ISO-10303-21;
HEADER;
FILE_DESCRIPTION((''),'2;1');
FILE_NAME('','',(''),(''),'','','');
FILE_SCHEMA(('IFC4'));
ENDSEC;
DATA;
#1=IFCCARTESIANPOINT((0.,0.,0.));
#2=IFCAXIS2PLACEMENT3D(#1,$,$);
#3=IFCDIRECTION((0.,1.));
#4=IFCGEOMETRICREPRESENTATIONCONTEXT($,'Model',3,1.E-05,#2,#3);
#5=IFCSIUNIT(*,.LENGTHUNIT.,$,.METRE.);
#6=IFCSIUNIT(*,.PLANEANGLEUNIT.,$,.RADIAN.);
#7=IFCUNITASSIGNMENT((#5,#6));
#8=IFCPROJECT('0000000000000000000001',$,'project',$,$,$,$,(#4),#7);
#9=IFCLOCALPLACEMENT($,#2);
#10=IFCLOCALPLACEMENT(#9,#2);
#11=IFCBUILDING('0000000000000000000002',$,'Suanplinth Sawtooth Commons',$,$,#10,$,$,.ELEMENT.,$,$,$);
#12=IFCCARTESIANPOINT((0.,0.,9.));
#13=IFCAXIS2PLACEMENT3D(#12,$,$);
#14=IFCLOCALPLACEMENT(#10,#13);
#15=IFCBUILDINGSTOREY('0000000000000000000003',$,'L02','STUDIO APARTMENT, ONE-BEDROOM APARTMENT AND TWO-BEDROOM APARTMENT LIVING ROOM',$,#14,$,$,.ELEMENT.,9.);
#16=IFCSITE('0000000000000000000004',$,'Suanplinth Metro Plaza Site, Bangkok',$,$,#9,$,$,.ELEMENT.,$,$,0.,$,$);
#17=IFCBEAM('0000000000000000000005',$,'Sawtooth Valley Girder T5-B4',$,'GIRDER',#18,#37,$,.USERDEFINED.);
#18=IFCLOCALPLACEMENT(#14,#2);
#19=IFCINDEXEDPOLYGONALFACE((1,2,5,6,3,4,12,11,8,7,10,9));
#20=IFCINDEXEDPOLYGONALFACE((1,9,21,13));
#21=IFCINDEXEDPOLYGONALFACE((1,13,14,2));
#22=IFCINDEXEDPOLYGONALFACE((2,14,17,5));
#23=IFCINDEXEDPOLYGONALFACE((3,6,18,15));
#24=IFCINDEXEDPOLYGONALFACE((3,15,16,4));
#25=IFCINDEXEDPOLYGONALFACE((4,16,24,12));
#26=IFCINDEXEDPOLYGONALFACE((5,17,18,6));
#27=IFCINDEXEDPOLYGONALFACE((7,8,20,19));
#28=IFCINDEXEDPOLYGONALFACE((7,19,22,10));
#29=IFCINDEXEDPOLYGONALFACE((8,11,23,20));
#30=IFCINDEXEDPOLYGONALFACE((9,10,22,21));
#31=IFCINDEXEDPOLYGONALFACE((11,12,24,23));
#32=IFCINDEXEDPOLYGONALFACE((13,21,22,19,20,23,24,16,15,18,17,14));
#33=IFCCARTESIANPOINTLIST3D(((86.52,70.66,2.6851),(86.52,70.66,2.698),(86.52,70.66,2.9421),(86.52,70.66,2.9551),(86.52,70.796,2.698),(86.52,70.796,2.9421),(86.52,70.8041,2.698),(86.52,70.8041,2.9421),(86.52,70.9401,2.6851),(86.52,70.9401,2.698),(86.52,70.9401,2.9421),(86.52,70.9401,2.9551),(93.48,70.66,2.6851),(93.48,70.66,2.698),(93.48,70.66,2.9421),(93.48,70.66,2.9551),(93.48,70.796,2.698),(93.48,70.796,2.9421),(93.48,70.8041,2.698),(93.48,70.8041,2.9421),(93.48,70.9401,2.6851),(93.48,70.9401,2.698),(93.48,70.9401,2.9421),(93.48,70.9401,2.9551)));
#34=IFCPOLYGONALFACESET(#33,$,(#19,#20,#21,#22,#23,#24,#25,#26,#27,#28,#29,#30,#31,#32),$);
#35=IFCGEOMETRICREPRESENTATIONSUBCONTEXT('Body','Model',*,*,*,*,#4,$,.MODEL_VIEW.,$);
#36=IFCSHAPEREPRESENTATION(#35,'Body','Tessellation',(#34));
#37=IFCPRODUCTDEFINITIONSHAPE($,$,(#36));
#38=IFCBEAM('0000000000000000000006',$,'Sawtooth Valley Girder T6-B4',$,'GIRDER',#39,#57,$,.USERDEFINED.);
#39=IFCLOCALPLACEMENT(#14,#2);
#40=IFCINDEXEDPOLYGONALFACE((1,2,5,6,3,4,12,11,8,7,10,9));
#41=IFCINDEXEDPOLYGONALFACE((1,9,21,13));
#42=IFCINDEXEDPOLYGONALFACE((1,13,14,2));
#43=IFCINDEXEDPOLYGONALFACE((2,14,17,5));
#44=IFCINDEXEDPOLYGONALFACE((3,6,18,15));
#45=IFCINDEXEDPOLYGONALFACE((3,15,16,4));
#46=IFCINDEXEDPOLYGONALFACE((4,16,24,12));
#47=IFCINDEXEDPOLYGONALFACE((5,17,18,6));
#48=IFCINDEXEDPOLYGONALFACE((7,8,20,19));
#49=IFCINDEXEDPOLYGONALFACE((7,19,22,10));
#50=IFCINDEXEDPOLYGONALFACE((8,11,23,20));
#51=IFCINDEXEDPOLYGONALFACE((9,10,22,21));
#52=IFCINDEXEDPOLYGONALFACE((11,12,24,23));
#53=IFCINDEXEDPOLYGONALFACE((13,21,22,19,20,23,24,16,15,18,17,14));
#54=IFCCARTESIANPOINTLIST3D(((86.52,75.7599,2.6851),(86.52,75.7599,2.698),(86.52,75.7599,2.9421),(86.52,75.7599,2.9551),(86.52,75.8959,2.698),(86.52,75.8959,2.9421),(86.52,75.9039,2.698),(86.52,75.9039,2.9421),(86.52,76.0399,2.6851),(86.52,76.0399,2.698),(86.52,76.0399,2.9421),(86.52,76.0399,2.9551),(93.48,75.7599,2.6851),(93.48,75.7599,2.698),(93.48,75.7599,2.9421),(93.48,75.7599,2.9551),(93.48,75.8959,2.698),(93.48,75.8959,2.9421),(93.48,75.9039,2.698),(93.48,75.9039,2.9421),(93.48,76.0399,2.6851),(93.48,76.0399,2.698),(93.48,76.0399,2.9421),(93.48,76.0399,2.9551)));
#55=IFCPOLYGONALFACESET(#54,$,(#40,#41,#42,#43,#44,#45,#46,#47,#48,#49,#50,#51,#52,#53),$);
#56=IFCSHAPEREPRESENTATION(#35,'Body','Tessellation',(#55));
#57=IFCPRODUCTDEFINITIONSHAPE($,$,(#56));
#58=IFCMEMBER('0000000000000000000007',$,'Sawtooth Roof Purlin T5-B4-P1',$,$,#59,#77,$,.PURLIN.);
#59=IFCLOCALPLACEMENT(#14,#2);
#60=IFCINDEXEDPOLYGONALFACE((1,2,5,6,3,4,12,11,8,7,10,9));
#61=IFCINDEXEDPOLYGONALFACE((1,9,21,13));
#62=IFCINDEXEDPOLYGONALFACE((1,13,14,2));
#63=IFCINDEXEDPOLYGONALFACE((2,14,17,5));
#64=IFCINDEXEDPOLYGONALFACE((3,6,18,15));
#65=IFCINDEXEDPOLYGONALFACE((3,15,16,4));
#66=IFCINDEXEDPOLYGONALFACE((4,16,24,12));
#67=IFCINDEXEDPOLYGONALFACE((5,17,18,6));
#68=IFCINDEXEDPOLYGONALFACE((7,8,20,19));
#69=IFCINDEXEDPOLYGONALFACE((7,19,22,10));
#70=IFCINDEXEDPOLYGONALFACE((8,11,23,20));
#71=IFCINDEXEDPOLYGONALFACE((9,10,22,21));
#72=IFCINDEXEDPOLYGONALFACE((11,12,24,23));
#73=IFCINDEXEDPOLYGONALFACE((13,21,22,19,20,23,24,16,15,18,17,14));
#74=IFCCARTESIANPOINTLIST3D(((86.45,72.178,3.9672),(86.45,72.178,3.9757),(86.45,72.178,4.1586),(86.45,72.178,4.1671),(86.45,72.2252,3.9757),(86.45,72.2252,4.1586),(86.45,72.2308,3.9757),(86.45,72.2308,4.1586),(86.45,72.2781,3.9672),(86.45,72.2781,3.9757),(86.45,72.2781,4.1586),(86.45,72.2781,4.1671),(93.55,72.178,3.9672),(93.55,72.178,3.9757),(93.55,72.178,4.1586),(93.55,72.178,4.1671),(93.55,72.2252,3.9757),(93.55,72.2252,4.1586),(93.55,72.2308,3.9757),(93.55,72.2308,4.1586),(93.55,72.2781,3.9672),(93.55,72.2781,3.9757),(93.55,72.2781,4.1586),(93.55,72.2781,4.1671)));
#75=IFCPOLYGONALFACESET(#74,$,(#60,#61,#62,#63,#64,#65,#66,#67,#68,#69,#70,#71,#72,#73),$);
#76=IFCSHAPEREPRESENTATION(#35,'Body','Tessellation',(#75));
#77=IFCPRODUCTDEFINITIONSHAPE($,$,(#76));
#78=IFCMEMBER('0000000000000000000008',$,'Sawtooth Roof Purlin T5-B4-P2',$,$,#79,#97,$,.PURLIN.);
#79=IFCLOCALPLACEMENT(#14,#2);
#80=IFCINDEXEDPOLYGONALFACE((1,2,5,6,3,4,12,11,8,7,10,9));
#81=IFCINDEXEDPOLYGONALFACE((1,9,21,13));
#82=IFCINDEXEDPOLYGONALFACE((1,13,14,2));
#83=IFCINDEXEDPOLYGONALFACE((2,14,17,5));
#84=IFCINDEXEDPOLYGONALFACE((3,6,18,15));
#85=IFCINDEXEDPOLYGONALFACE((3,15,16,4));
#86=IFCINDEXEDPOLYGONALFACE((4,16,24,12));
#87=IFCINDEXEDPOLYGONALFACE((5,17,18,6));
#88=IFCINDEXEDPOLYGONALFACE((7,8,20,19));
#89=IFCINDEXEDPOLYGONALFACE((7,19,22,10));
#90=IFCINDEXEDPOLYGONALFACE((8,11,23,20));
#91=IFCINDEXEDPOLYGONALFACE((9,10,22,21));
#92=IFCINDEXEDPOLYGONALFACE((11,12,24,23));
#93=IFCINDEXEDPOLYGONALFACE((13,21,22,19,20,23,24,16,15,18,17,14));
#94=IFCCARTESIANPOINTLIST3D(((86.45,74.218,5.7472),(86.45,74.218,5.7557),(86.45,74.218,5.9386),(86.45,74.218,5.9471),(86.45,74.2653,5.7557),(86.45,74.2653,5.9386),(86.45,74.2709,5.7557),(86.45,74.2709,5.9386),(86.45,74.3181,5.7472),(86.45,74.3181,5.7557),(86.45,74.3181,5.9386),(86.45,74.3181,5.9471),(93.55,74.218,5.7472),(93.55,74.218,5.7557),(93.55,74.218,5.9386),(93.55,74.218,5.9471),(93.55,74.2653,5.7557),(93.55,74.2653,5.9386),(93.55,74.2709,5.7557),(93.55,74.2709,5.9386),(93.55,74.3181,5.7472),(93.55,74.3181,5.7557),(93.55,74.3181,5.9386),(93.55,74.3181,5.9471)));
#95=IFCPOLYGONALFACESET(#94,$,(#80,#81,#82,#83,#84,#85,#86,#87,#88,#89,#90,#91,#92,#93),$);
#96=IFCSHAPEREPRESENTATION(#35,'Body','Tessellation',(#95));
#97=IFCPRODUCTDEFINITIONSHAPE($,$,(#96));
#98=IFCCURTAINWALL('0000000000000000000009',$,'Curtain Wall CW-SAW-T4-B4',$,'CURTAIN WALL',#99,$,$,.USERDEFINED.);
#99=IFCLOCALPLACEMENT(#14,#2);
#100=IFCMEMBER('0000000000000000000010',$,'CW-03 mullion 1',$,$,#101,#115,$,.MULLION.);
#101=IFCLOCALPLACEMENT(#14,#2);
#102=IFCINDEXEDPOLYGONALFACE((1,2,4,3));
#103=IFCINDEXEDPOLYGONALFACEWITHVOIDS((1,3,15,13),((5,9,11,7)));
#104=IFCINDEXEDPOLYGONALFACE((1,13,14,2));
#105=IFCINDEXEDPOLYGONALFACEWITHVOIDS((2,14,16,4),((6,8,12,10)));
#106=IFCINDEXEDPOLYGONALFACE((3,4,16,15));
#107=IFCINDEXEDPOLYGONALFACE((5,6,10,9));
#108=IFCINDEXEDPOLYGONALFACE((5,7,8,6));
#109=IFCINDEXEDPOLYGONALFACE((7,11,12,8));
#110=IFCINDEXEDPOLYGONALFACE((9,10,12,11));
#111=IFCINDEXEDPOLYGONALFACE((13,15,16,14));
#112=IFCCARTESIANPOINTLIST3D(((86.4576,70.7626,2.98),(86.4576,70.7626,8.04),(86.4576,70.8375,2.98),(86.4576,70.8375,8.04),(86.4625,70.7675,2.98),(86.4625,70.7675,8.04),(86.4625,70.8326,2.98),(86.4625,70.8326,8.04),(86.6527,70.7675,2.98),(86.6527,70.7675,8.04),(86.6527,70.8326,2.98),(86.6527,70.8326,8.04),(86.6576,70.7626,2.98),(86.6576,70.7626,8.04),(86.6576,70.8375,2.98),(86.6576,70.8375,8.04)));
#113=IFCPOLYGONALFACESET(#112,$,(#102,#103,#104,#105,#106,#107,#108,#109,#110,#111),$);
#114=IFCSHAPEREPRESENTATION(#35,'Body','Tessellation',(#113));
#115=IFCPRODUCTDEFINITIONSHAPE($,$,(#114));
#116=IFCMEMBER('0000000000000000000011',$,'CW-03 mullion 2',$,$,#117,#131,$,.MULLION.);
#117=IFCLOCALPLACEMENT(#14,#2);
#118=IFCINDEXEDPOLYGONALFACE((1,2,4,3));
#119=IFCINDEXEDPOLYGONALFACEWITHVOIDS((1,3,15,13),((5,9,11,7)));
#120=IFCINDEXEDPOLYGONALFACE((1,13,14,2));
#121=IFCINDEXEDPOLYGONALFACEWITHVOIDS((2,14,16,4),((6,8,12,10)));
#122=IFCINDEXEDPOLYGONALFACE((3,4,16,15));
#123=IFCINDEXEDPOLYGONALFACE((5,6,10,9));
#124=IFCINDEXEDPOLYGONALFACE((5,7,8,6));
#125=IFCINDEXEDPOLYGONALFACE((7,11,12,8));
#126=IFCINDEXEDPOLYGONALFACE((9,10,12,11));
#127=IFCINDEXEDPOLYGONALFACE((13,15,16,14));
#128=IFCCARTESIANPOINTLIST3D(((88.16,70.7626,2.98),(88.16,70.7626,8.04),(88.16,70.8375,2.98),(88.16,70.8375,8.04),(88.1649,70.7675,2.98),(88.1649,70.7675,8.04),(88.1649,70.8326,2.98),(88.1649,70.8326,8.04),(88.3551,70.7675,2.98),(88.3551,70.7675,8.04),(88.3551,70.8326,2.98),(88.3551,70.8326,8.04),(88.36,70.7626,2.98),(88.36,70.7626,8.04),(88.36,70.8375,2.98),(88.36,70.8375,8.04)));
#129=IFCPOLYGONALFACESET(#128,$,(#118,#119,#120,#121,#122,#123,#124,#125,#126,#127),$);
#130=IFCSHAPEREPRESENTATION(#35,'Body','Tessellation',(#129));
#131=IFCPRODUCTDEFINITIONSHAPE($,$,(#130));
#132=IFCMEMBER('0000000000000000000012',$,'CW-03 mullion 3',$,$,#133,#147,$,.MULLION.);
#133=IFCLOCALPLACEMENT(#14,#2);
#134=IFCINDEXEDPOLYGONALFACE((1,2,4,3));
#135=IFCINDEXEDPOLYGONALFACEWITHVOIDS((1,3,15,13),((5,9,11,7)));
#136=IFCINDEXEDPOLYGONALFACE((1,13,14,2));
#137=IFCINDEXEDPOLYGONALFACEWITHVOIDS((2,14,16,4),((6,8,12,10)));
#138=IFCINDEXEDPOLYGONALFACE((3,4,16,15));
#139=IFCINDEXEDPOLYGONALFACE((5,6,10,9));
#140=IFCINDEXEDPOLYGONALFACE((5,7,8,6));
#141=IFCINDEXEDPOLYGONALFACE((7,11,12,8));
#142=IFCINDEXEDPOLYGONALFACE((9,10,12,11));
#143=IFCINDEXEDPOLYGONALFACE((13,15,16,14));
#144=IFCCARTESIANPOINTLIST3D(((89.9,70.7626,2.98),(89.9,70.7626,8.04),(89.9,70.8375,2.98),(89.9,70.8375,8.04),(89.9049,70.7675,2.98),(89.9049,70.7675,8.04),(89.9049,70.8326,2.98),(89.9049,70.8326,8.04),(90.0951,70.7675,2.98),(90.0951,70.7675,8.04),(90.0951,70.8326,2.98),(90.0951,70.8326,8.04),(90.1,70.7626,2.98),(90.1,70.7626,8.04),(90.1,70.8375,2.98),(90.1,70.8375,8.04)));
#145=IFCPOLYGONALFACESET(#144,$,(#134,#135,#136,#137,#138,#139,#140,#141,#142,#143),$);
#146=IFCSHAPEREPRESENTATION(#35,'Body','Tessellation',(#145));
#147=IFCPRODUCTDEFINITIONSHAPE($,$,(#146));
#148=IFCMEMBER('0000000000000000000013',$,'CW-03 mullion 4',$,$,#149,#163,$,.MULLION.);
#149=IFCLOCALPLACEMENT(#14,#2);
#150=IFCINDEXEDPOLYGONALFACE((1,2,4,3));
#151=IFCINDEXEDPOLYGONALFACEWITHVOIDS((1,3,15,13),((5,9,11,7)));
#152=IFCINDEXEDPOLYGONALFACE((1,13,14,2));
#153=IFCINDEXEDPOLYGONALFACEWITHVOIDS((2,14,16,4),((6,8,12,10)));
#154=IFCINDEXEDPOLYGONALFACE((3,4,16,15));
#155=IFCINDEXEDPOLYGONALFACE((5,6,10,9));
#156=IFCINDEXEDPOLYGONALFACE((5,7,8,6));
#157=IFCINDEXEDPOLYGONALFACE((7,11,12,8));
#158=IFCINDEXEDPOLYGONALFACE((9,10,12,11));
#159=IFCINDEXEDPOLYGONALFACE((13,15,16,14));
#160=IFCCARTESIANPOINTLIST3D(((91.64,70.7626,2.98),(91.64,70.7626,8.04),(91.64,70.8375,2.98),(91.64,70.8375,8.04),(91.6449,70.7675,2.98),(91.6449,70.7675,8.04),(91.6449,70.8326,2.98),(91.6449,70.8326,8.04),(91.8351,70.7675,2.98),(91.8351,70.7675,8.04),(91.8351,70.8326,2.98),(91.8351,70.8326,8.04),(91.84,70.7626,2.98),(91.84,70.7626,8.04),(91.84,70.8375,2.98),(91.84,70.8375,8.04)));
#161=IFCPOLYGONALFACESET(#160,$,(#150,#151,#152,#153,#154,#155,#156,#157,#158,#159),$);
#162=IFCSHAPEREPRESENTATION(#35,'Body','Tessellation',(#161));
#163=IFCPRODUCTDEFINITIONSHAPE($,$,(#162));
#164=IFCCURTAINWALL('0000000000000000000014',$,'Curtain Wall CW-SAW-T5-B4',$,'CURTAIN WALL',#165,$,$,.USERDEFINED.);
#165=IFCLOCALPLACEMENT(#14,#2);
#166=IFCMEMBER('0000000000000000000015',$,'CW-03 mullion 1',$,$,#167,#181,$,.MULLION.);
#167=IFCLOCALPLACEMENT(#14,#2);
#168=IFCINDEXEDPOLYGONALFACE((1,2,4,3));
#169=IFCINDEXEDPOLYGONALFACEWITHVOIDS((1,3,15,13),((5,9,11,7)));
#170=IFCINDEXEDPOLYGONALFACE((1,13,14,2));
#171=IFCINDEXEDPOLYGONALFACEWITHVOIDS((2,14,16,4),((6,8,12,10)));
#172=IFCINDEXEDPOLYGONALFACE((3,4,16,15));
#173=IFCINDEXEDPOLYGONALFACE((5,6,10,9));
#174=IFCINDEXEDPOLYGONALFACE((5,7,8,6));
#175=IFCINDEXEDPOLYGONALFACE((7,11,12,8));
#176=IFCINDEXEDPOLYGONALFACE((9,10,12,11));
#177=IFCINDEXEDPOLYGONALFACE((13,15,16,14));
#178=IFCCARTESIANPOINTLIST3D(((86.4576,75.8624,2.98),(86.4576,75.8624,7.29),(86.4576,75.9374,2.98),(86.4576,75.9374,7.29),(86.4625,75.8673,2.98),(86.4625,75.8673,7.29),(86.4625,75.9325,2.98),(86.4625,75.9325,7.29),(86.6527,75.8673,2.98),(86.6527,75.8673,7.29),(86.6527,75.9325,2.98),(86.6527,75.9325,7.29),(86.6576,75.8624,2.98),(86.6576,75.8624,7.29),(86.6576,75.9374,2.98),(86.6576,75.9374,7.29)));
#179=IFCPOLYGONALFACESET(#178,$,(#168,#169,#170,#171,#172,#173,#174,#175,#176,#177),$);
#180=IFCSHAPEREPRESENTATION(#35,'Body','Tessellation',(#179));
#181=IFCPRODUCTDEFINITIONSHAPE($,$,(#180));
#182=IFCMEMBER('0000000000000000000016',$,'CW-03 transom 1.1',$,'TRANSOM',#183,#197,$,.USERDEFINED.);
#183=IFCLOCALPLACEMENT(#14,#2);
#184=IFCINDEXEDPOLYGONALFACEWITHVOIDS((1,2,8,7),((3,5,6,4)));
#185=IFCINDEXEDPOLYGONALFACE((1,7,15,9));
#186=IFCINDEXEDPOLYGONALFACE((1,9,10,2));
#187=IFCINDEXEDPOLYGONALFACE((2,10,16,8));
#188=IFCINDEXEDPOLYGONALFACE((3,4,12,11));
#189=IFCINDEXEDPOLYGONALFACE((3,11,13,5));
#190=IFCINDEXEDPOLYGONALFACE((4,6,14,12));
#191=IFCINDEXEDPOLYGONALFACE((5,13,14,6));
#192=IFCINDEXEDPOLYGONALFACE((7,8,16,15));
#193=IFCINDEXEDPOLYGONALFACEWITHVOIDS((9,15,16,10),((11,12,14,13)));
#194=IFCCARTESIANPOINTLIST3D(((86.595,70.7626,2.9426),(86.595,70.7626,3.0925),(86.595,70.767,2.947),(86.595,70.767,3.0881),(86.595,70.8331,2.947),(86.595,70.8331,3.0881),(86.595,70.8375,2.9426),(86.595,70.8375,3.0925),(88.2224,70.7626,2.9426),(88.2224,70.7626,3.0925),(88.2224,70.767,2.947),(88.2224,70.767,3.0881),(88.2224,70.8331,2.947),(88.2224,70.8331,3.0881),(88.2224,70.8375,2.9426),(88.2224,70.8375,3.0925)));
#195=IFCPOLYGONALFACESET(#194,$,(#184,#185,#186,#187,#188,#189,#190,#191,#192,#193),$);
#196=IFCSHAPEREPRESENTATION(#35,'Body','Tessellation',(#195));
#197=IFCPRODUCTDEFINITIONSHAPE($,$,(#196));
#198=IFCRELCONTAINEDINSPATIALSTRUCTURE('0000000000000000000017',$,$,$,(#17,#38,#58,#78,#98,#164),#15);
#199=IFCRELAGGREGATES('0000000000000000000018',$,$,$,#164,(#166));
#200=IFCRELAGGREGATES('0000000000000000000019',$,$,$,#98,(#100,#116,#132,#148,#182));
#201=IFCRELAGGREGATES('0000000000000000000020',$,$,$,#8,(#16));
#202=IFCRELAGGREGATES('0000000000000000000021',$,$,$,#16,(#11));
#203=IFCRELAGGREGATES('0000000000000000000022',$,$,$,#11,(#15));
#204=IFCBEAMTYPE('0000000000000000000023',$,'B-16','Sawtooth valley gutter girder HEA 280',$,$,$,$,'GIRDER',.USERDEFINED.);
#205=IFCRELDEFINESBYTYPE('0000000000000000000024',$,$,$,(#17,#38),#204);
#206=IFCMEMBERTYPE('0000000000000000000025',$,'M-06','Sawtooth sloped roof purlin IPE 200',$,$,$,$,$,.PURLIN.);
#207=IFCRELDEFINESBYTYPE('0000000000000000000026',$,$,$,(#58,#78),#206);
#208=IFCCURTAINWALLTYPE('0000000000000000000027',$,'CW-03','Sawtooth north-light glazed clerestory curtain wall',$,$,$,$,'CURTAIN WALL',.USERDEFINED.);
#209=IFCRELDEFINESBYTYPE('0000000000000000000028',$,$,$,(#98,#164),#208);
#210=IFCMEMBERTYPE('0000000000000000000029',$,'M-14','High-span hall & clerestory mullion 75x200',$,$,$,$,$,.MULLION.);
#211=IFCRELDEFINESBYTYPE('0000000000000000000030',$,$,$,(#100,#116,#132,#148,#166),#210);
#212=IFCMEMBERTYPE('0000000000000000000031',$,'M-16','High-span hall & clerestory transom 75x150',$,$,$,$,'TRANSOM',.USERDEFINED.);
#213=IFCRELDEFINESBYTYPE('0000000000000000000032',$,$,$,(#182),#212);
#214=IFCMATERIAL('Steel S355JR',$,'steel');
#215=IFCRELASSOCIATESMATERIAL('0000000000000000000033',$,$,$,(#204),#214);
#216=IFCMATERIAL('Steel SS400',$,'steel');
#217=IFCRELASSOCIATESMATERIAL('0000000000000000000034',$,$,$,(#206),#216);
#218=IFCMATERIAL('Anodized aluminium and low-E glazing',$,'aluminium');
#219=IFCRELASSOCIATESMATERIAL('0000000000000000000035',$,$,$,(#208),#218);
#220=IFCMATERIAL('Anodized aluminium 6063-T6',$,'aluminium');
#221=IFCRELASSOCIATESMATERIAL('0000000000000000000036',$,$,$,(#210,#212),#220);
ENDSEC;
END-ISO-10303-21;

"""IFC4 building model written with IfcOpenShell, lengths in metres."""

from ifc_helpers import new_model, si_unit, direction, frame, origin, origin_2d, place, context, subcontext, project, spatial, hollow_rectangle, i_section, extrude, material, material_profile, profile_set, type_object, element, aggregate, save


model = new_model("IFC4")

# Units and contexts
model_context = context("Model", 3, precision=1e-05, world=origin(), true_north=direction((0.0, 1.0)))
body_context = subcontext(model_context, "Body", "Model", "MODEL_VIEW")
ifc_project = project(units=[si_unit("LENGTHUNIT", "METRE"), si_unit("PLANEANGLEUNIT", "RADIAN")], contexts=[model_context])

# Site, building, storey
site_placement = place(None, origin())
site = spatial("IfcSite", under=ifc_project, at=site_placement, Name="Suanplinth Metro Plaza Site, Bangkok", CompositionType="ELEMENT", RefElevation=0.0)
building_placement = place(site_placement, origin())
building = spatial("IfcBuilding", under=site, at=building_placement, Name="Suanplinth Sawtooth Commons", CompositionType="ELEMENT")
storey_placement = place(building_placement, frame((0.0, 0.0, 9.0)))
storey = spatial("IfcBuildingStorey", under=building, at=storey_placement, Name="L02", Description="STUDIO APARTMENT, ONE-BEDROOM APARTMENT AND TWO-BEDROOM APARTMENT LIVING ROOM", CompositionType="ELEMENT", Elevation=9.0)

# Beams
ifc_material_1 = material(Name="Steel S355JR", Category="steel")
ifc_material_profile_1 = material_profile(ifc_material_1, i_section(OverallWidth=0.28, OverallDepth=0.27, WebThickness=0.0081, FlangeThickness=0.0129, at=origin_2d()), Name="HEA 280")
ifc_profile_set_1 = profile_set([ifc_material_profile_1], Name="Steel S355JR")
beam_type = type_object("IfcBeamType", Name="B-16", Description="Sawtooth valley gutter girder HEA 280", ElementType="GIRDER", PredefinedType="USERDEFINED", material=ifc_profile_set_1)
for number, where, z_axis, x_axis, name in (
    (1, (86.52, 70.8, 2.8201), (1.0, 0.0, 0.0), (0.0, 1.0, 0.0), "Sawtooth Valley Girder T5-B4"),
    (2, (86.52, 75.8999, 2.8201), (1.0, 0.0, 0.0), (0.0, 1.0, 0.0), "Sawtooth Valley Girder T6-B4"),
):
    element("IfcBeam", number, at=place(storey_placement, frame(where, z_axis=z_axis, x_axis=x_axis)), inside=storey, type_object=beam_type, Name=name, ObjectType="GIRDER", PredefinedType="USERDEFINED", context=body_context, shape_type="SweptSolid", body=[
        extrude(i_section(OverallWidth=0.28, OverallDepth=0.27, WebThickness=0.0081, FlangeThickness=0.0129, at=origin_2d()), origin(), (0.0, 0.0, 1.0), 6.96),
    ])

# Members
ifc_material_2 = material(Name="Steel SS400", Category="steel")
ifc_material_profile_2 = material_profile(ifc_material_2, i_section(OverallWidth=0.1001, OverallDepth=0.2, WebThickness=0.0056, FlangeThickness=0.0085, at=origin_2d()), Name="IPE 200")
ifc_profile_set_2 = profile_set([ifc_material_profile_2], Name="Steel SS400")
member_type_1 = type_object("IfcMemberType", Name="M-06", Description="Sawtooth sloped roof purlin IPE 200", PredefinedType="PURLIN", material=ifc_profile_set_2)
for number, where, z_axis, x_axis, name in (
    (3, (86.45, 72.228, 4.0671), (1.0, 0.0, 0.0), (0.0, 1.0, 0.0), "Sawtooth Roof Purlin T5-B4-P1"),
    (4, (86.45, 74.2681, 5.8472), (1.0, 0.0, 0.0), (0.0, 1.0, 0.0), "Sawtooth Roof Purlin T5-B4-P2"),
):
    element("IfcMember", number, at=place(storey_placement, frame(where, z_axis=z_axis, x_axis=x_axis)), inside=storey, type_object=member_type_1, Name=name, PredefinedType="PURLIN", context=body_context, shape_type="SweptSolid", body=[
        extrude(i_section(OverallWidth=0.1001, OverallDepth=0.2, WebThickness=0.0056, FlangeThickness=0.0085, at=origin_2d()), origin(), (0.0, 0.0, 1.0), 7.1001),
    ])

# Curtain wall, members
ifc_material_3 = material(Name="Anodized aluminium and low-E glazing", Category="aluminium")
curtain_wall_type = type_object("IfcCurtainWallType", Name="CW-03", Description="Sawtooth north-light glazed clerestory curtain wall", ElementType="CURTAIN WALL", PredefinedType="USERDEFINED", material=ifc_material_3)
curtain_wall_1_placement = place(storey_placement, origin())
curtain_wall_1 = element("IfcCurtainWall", 5, at=curtain_wall_1_placement, inside=storey, type_object=curtain_wall_type, Name="Curtain Wall CW-SAW-T4-B4", ObjectType="CURTAIN WALL", PredefinedType="USERDEFINED")
ifc_material_4 = material(Name="Anodized aluminium 6063-T6", Category="aluminium")
ifc_material_profile_3 = material_profile(ifc_material_4, hollow_rectangle(XDim=0.075, YDim=0.2, WallThickness=0.0049, at=origin_2d()), Name="ALU-MUL 75x200")
ifc_profile_set_3 = profile_set([ifc_material_profile_3], Name="Anodized aluminium 6063-T6")
member_type_2 = type_object("IfcMemberType", Name="M-14", Description="High-span hall & clerestory mullion 75x200", PredefinedType="MULLION", material=ifc_profile_set_3)
member_1_placement = place(storey_placement, frame((86.5576, 70.8, 2.98), z_axis=(0.0, 0.0, 1.0), x_axis=(0.0, 1.0, 0.0)))
member_1 = element("IfcMember", 6, at=member_1_placement, type_object=member_type_2, Name="CW-03 mullion 1", PredefinedType="MULLION", context=body_context, shape_type="SweptSolid", body=[
    extrude(hollow_rectangle(XDim=0.075, YDim=0.2, WallThickness=0.0049, at=origin_2d()), origin(), (0.0, 0.0, 1.0), 5.0601),
])
member_2_placement = place(storey_placement, frame((88.26, 70.8, 2.98), z_axis=(0.0, 0.0, 1.0), x_axis=(0.0, 1.0, 0.0)))
member_2 = element("IfcMember", 7, at=member_2_placement, type_object=member_type_2, Name="CW-03 mullion 2", PredefinedType="MULLION", context=body_context, shape_type="SweptSolid", body=[
    extrude(hollow_rectangle(XDim=0.075, YDim=0.2, WallThickness=0.0049, at=origin_2d()), origin(), (0.0, 0.0, 1.0), 5.0601),
])
member_3_placement = place(storey_placement, frame((90.0, 70.8, 2.98), z_axis=(0.0, 0.0, 1.0), x_axis=(0.0, 1.0, 0.0)))
member_3 = element("IfcMember", 8, at=member_3_placement, type_object=member_type_2, Name="CW-03 mullion 3", PredefinedType="MULLION", context=body_context, shape_type="SweptSolid", body=[
    extrude(hollow_rectangle(XDim=0.075, YDim=0.2, WallThickness=0.0049, at=origin_2d()), origin(), (0.0, 0.0, 1.0), 5.0601),
])
member_4_placement = place(storey_placement, frame((91.74, 70.8, 2.98), z_axis=(0.0, 0.0, 1.0), x_axis=(0.0, 1.0, 0.0)))
member_4 = element("IfcMember", 9, at=member_4_placement, type_object=member_type_2, Name="CW-03 mullion 4", PredefinedType="MULLION", context=body_context, shape_type="SweptSolid", body=[
    extrude(hollow_rectangle(XDim=0.075, YDim=0.2, WallThickness=0.0049, at=origin_2d()), origin(), (0.0, 0.0, 1.0), 5.0601),
])

# Curtain wall, member
curtain_wall_2_placement = place(storey_placement, origin())
curtain_wall_2 = element("IfcCurtainWall", 10, at=curtain_wall_2_placement, inside=storey, type_object=curtain_wall_type, Name="Curtain Wall CW-SAW-T5-B4", ObjectType="CURTAIN WALL", PredefinedType="USERDEFINED")
member_5_placement = place(storey_placement, frame((86.5576, 75.8999, 2.98), z_axis=(0.0, 0.0, 1.0), x_axis=(0.0, 1.0, 0.0)))
member_5 = element("IfcMember", 11, at=member_5_placement, type_object=member_type_2, Name="CW-03 mullion 1", PredefinedType="MULLION", context=body_context, shape_type="SweptSolid", body=[
    extrude(hollow_rectangle(XDim=0.075, YDim=0.2, WallThickness=0.0049, at=origin_2d()), origin(), (0.0, 0.0, 1.0), 4.3101),
])

# Member
ifc_material_profile_4 = material_profile(ifc_material_4, hollow_rectangle(XDim=0.075, YDim=0.1499, WallThickness=0.0044, at=origin_2d()), Name="ALU-TRN 75x150")
ifc_profile_set_4 = profile_set([ifc_material_profile_4], Name="Anodized aluminium 6063-T6")
member_type_3 = type_object("IfcMemberType", Name="M-16", Description="High-span hall & clerestory transom 75x150", ElementType="TRANSOM", PredefinedType="USERDEFINED", material=ifc_profile_set_4)
member_6_placement = place(storey_placement, frame((86.595, 70.8, 3.0176), z_axis=(1.0, 0.0, 0.0), x_axis=(0.0, 1.0, 0.0)))
member_6 = element("IfcMember", 12, at=member_6_placement, type_object=member_type_3, Name="CW-03 transom 1.1", ObjectType="TRANSOM", PredefinedType="USERDEFINED", context=body_context, shape_type="SweptSolid", body=[
    extrude(hollow_rectangle(XDim=0.075, YDim=0.1499, WallThickness=0.0044, at=origin_2d()), origin(), (0.0, 0.0, 1.0), 1.6274),
])
aggregate(curtain_wall_2, [member_5])

aggregate(curtain_wall_1, [member_1, member_2, member_3, member_4, member_6])

save(model, "model.ifc")
